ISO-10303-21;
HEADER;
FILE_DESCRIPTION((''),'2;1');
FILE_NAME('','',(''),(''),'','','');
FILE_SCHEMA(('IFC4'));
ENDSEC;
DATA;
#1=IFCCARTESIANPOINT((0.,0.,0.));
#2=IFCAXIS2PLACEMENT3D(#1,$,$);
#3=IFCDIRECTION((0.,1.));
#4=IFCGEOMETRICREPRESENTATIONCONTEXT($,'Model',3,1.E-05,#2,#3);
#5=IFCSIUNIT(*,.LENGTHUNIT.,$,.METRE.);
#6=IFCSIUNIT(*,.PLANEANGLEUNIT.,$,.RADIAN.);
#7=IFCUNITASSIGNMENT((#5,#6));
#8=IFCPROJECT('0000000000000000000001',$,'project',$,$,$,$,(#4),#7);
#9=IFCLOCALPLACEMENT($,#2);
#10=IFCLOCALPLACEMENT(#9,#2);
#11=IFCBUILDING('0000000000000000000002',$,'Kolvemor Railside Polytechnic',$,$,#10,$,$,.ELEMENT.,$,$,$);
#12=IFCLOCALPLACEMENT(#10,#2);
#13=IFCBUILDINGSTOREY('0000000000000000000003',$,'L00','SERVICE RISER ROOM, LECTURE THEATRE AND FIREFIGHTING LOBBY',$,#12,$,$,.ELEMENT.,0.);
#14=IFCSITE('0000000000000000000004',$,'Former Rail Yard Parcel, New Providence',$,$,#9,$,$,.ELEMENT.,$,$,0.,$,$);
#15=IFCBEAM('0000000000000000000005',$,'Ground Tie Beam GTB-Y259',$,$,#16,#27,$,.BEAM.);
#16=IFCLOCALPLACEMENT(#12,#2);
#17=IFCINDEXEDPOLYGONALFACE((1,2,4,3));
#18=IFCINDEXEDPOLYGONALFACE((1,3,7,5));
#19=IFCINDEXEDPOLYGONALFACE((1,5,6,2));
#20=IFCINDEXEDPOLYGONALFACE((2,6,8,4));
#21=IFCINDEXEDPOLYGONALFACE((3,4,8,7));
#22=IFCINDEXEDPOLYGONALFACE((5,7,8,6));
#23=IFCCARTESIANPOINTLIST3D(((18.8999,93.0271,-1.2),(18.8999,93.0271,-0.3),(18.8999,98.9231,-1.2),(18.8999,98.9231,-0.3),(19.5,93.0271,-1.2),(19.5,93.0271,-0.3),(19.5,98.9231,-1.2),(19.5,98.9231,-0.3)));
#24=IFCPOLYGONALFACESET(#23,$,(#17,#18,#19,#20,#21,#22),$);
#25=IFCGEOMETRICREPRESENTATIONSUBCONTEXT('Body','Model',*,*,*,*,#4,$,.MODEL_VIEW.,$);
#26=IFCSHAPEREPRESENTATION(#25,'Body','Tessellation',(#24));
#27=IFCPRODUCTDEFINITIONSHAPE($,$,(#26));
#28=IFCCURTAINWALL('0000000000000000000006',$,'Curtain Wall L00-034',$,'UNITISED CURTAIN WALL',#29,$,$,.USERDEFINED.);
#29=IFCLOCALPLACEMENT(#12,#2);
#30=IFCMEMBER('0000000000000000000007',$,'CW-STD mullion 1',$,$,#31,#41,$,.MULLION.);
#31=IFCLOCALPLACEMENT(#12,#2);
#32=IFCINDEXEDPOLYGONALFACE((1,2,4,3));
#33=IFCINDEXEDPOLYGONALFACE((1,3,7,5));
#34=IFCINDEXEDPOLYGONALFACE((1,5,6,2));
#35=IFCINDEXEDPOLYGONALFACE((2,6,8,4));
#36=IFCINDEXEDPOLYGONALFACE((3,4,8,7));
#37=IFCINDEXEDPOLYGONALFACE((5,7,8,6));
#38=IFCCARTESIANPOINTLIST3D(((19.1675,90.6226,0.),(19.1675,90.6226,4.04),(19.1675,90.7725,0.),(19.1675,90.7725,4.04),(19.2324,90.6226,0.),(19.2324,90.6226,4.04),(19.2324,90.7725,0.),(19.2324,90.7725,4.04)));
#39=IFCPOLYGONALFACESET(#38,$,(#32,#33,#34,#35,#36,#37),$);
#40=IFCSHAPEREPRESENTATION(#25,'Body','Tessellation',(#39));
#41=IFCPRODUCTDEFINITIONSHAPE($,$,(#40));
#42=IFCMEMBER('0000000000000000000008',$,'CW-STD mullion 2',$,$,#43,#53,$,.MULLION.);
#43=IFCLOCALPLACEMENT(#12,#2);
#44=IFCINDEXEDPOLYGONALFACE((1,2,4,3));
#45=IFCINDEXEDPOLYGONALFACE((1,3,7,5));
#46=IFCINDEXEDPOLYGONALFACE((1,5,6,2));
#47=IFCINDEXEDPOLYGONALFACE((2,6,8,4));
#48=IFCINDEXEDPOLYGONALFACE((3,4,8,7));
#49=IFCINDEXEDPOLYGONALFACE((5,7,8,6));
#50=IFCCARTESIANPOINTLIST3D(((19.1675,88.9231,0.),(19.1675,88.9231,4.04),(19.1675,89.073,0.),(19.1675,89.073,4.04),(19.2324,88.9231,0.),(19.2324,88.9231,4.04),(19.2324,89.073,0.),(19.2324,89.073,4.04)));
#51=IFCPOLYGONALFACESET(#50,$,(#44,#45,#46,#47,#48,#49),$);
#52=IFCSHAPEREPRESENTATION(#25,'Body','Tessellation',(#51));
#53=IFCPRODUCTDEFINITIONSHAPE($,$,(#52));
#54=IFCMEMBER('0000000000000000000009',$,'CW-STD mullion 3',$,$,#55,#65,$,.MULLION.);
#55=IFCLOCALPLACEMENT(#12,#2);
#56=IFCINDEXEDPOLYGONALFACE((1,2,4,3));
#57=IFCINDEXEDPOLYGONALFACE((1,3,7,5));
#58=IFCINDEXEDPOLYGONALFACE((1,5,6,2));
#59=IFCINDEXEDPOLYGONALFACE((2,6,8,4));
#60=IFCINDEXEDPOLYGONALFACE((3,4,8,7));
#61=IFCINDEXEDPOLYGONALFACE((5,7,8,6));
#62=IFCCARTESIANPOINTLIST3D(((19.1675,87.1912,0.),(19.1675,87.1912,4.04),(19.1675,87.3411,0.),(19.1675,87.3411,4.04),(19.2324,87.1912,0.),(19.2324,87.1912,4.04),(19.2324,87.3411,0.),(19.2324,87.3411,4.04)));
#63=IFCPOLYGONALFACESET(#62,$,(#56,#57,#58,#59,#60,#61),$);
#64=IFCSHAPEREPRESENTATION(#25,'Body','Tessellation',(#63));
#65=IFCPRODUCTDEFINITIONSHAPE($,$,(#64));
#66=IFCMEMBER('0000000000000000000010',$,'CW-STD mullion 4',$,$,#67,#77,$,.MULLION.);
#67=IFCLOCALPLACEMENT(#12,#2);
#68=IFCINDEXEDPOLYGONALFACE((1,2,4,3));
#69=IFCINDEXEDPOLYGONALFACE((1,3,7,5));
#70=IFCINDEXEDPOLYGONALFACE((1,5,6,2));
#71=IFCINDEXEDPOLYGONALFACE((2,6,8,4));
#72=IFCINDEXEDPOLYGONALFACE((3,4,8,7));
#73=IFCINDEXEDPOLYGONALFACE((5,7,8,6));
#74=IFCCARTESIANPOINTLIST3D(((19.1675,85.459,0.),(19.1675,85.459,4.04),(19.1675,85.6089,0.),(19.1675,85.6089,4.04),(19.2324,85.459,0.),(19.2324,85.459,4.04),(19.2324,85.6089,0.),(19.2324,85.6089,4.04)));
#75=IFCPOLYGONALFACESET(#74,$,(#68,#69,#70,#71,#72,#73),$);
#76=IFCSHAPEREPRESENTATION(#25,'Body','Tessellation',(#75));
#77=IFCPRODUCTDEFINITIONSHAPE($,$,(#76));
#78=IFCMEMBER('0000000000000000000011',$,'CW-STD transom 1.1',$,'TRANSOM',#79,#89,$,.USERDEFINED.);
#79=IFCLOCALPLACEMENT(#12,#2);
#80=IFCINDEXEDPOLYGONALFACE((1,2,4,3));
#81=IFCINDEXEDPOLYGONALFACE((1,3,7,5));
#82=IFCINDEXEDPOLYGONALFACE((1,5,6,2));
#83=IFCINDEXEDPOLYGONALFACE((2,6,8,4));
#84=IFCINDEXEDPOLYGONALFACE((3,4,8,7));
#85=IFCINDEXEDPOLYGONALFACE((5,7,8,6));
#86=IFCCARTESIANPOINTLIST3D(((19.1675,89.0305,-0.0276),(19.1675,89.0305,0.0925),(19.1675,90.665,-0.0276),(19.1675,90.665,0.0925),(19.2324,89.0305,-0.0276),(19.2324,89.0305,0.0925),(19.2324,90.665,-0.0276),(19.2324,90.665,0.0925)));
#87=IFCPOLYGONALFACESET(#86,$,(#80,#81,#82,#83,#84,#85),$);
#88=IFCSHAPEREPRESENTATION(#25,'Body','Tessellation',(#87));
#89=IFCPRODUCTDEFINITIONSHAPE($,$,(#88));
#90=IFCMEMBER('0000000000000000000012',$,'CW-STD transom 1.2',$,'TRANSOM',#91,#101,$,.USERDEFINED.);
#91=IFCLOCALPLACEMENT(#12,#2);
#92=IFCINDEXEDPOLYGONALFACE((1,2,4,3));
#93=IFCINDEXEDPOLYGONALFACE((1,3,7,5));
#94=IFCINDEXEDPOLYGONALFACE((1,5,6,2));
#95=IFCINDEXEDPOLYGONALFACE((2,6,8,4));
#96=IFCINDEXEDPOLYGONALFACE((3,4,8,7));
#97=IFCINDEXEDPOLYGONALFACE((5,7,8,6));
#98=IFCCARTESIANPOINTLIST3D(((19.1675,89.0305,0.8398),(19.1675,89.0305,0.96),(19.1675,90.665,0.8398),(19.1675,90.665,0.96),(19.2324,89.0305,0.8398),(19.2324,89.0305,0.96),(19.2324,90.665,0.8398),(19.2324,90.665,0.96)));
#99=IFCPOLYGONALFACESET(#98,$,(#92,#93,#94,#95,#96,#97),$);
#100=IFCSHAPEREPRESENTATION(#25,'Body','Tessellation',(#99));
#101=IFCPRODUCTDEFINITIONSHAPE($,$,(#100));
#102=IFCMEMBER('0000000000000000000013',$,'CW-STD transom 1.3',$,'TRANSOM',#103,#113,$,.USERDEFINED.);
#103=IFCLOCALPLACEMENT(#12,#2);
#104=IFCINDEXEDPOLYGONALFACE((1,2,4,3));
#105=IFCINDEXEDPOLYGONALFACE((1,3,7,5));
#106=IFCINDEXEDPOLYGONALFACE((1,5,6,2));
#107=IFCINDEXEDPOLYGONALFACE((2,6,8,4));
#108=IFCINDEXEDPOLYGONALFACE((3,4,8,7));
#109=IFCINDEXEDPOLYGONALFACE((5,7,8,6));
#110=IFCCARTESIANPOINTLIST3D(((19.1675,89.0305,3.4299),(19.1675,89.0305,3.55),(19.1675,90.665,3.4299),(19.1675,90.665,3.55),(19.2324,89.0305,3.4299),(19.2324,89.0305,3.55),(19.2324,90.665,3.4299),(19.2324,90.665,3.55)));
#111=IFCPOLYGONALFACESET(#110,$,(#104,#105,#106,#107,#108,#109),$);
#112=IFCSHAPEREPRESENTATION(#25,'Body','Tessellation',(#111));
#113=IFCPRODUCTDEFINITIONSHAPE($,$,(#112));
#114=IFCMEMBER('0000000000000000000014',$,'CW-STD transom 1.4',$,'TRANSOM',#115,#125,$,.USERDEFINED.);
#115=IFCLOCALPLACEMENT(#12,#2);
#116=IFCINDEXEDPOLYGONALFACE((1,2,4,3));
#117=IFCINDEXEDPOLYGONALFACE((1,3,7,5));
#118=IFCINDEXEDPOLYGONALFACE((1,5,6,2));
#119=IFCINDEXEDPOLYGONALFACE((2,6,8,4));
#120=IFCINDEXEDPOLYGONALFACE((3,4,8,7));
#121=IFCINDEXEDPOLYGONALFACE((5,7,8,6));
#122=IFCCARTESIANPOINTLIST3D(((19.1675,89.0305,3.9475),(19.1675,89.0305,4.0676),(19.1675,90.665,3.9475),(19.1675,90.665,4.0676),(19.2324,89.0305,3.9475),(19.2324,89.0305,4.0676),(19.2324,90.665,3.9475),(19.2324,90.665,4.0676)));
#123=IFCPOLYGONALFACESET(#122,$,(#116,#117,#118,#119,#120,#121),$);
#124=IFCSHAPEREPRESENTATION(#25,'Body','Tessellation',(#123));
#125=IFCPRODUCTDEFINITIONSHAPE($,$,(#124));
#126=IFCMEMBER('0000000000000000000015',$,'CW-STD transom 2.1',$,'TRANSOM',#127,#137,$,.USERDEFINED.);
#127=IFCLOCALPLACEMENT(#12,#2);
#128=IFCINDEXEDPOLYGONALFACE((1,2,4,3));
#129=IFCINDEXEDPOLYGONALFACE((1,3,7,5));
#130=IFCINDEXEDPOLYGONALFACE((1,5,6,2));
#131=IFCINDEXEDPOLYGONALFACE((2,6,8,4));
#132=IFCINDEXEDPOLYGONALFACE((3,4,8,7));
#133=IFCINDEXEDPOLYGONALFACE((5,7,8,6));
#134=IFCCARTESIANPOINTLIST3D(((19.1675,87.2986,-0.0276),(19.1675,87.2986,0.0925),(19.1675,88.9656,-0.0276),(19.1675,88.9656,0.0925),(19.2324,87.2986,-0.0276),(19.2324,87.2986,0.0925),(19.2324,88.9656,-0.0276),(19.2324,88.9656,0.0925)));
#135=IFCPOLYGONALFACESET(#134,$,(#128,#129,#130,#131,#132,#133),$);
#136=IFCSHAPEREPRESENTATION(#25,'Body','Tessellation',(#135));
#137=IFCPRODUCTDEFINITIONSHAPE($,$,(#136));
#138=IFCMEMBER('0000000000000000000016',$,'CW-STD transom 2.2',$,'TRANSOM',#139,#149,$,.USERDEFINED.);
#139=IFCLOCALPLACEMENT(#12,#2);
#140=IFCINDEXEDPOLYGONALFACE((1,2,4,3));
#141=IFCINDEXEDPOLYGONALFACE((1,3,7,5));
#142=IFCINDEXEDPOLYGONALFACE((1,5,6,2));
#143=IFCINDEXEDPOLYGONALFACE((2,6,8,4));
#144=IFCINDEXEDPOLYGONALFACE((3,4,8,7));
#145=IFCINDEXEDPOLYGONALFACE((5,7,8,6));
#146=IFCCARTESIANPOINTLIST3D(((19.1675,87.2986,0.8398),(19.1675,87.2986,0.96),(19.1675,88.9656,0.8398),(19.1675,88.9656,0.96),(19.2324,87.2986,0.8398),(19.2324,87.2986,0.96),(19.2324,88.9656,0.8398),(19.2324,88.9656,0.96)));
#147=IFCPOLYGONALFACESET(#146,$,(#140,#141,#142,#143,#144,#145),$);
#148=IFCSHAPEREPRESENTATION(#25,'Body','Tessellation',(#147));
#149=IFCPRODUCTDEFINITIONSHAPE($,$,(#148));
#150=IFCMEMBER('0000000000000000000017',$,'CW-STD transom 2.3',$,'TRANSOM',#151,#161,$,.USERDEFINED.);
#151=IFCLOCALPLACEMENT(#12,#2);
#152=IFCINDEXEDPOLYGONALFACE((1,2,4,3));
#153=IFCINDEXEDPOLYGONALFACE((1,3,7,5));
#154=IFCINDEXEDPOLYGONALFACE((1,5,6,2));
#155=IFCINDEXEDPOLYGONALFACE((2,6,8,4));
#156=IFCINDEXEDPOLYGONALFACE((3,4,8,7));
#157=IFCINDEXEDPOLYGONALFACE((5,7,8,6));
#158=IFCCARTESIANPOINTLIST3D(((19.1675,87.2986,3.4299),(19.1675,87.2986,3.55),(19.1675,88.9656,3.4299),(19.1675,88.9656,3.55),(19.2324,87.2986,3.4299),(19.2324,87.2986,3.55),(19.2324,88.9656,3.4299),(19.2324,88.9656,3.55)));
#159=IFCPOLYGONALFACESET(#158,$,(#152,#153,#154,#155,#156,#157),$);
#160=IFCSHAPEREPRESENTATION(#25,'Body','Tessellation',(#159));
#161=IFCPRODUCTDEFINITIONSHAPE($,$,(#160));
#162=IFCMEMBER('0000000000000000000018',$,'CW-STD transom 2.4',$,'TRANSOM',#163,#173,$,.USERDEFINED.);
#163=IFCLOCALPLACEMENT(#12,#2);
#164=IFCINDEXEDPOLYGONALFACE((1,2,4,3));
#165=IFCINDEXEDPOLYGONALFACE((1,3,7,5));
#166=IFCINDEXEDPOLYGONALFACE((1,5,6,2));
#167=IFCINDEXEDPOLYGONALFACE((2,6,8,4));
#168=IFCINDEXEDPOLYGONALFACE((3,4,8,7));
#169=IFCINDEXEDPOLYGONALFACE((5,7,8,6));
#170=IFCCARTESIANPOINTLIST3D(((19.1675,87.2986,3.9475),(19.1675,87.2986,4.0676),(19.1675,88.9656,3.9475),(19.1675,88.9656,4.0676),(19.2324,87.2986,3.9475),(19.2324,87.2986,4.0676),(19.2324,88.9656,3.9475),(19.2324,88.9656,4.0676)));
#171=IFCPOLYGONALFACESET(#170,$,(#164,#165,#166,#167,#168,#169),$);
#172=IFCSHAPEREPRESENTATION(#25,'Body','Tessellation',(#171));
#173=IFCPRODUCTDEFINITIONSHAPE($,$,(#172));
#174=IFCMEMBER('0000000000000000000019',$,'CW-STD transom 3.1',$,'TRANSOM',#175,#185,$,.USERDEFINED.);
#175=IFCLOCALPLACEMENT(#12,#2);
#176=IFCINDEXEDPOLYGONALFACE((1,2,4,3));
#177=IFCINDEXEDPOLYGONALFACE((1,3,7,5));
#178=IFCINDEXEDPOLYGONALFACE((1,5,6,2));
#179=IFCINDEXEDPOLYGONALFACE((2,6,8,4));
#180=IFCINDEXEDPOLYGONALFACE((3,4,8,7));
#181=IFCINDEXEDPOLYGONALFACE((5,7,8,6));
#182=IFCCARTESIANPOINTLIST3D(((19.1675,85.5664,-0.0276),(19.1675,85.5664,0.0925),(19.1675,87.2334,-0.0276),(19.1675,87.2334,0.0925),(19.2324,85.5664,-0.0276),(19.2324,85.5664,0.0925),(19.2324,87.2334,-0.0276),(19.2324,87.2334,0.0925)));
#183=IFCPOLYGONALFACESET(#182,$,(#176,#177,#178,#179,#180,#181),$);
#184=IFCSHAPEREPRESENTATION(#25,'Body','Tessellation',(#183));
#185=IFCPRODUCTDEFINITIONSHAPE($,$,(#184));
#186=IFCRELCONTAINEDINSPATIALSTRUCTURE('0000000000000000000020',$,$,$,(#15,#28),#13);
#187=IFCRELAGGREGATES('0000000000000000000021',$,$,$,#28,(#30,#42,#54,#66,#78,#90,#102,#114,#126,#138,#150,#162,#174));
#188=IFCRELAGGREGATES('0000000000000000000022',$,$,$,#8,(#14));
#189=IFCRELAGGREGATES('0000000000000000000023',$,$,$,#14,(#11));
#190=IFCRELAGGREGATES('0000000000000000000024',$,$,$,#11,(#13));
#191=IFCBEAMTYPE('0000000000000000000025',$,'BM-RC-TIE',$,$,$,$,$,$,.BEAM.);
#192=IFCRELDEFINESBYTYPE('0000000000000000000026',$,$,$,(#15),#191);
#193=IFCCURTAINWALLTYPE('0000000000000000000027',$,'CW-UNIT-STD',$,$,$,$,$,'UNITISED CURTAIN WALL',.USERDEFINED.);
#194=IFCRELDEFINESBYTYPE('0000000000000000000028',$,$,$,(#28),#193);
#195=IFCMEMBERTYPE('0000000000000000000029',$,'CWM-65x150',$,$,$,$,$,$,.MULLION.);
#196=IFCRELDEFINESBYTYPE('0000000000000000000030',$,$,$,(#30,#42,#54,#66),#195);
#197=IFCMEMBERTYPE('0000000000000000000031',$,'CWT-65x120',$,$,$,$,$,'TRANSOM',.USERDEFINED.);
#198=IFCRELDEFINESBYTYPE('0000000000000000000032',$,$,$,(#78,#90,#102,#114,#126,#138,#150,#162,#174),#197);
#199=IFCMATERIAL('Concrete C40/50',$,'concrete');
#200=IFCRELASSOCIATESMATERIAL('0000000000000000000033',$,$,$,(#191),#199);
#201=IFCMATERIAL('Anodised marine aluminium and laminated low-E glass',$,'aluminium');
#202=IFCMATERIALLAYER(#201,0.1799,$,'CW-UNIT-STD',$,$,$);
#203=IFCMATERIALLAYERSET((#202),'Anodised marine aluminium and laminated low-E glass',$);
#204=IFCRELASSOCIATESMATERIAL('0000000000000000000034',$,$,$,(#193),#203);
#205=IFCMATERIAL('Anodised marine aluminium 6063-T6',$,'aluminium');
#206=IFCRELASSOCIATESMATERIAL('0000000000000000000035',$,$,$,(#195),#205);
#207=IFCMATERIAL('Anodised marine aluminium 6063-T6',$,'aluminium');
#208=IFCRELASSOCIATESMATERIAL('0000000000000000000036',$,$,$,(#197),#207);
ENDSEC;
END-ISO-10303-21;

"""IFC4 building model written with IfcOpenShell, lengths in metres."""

from ifc_helpers import new_model, si_unit, direction, frame, origin, origin_2d, place, context, subcontext, project, spatial, rectangle, extrude, material, layer, layer_set, material_profile, profile_set, type_object, element, aggregate, save


model = new_model("IFC4")

# Units and contexts
model_context = context("Model", 3, precision=1e-05, world=origin(), true_north=direction((0.0, 1.0)))
body_context = subcontext(model_context, "Body", "Model", "MODEL_VIEW")
ifc_project = project(units=[si_unit("LENGTHUNIT", "METRE"), si_unit("PLANEANGLEUNIT", "RADIAN")], contexts=[model_context])

# Site, building, storey
site_placement = place(None, origin())
site = spatial("IfcSite", under=ifc_project, at=site_placement, Name="Former Rail Yard Parcel, New Providence", CompositionType="ELEMENT", RefElevation=0.0)
building_placement = place(site_placement, origin())
building = spatial("IfcBuilding", under=site, at=building_placement, Name="Kolvemor Railside Polytechnic", CompositionType="ELEMENT")
storey_placement = place(building_placement, origin())
storey = spatial("IfcBuildingStorey", under=building, at=storey_placement, Name="L00", Description="SERVICE RISER ROOM, LECTURE THEATRE AND FIREFIGHTING LOBBY", CompositionType="ELEMENT", Elevation=0.0)

# Beam
ifc_material_1 = material(Name="Concrete C40/50", Category="concrete")
ifc_material_profile_1 = material_profile(ifc_material_1, rectangle(XDim=0.6001, YDim=0.8999, at=origin_2d()), Name="RC600x900")
ifc_profile_set_1 = profile_set([ifc_material_profile_1], Name="Concrete C40/50")
beam_type_1 = type_object("IfcBeamType", Name="BM-RC-TIE", PredefinedType="BEAM", material=ifc_profile_set_1)
beam_placement = place(storey_placement, frame((19.2, 93.0271, -0.75), z_axis=(0.0, 1.0, 0.0), x_axis=(-1.0, 0.0, 0.0)))
element("IfcBeam", 1, at=beam_placement, inside=storey, type_object=beam_type_1, Name="Ground Tie Beam GTB-Y259", PredefinedType="BEAM", context=body_context, shape_type="SweptSolid", body=[
    extrude(rectangle(XDim=0.6001, YDim=0.8999, at=origin_2d()), origin(), (0.0, 0.0, 1.0), 5.896),
])

# Curtain wall, members
ifc_material_2 = material(Name="Anodised marine aluminium and laminated low-E glass", Category="aluminium")
ifc_layer_1 = layer(ifc_material_2, 0.1799, Name="CW-UNIT-STD")
ifc_layer_set_1 = layer_set([ifc_layer_1], Name="Anodised marine aluminium and laminated low-E glass")
curtain_wall_type = type_object("IfcCurtainWallType", Name="CW-UNIT-STD", ElementType="UNITISED CURTAIN WALL", PredefinedType="USERDEFINED", material=ifc_layer_set_1)
curtain_wall_placement = place(storey_placement, origin())
curtain_wall = element("IfcCurtainWall", 2, at=curtain_wall_placement, inside=storey, type_object=curtain_wall_type, Name="Curtain Wall L00-034", ObjectType="UNITISED CURTAIN WALL", PredefinedType="USERDEFINED")
ifc_material_3 = material(Name="Anodised marine aluminium 6063-T6", Category="aluminium")
ifc_material_profile_2 = material_profile(ifc_material_3, rectangle(XDim=0.0649, YDim=0.1499, at=origin_2d()), Name="CW-MUL-65x150")
ifc_profile_set_2 = profile_set([ifc_material_profile_2], Name="Anodised marine aluminium 6063-T6")
member_type_1 = type_object("IfcMemberType", Name="CWM-65x150", PredefinedType="MULLION", material=ifc_profile_set_2)
member_1_placement = place(storey_placement, frame((19.2, 90.6975, 0.0), z_axis=(0.0, 0.0, 1.0), x_axis=(1.0, 0.0, 0.0)))
member_1 = element("IfcMember", 3, at=member_1_placement, type_object=member_type_1, Name="CW-STD mullion 1", PredefinedType="MULLION", context=body_context, shape_type="SweptSolid", body=[
    extrude(rectangle(XDim=0.0649, YDim=0.1499, at=origin_2d()), origin(), (0.0, 0.0, 1.0), 4.04),
])
member_2_placement = place(storey_placement, frame((19.2, 88.998, 0.0), z_axis=(0.0, 0.0, 1.0), x_axis=(1.0, 0.0, 0.0)))
member_2 = element("IfcMember", 4, at=member_2_placement, type_object=member_type_1, Name="CW-STD mullion 2", PredefinedType="MULLION", context=body_context, shape_type="SweptSolid", body=[
    extrude(rectangle(XDim=0.0649, YDim=0.1499, at=origin_2d()), origin(), (0.0, 0.0, 1.0), 4.04),
])
member_3_placement = place(storey_placement, frame((19.2, 87.2661, 0.0), z_axis=(0.0, 0.0, 1.0), x_axis=(1.0, 0.0, 0.0)))
member_3 = element("IfcMember", 5, at=member_3_placement, type_object=member_type_1, Name="CW-STD mullion 3", PredefinedType="MULLION", context=body_context, shape_type="SweptSolid", body=[
    extrude(rectangle(XDim=0.0649, YDim=0.1499, at=origin_2d()), origin(), (0.0, 0.0, 1.0), 4.04),
])
member_4_placement = place(storey_placement, frame((19.2, 85.5339, 0.0), z_axis=(0.0, 0.0, 1.0), x_axis=(1.0, 0.0, 0.0)))
member_4 = element("IfcMember", 6, at=member_4_placement, type_object=member_type_1, Name="CW-STD mullion 4", PredefinedType="MULLION", context=body_context, shape_type="SweptSolid", body=[
    extrude(rectangle(XDim=0.0649, YDim=0.1499, at=origin_2d()), origin(), (0.0, 0.0, 1.0), 4.04),
])
ifc_material_4 = material(Name="Anodised marine aluminium 6063-T6", Category="aluminium")
ifc_material_profile_3 = material_profile(ifc_material_4, rectangle(XDim=0.0649, YDim=0.1201, at=origin_2d()), Name="CW-TRN-65x120")
ifc_profile_set_3 = profile_set([ifc_material_profile_3], Name="Anodised marine aluminium 6063-T6")
member_type_2 = type_object("IfcMemberType", Name="CWT-65x120", ElementType="TRANSOM", PredefinedType="USERDEFINED", material=ifc_profile_set_3)
member_5_placement = place(storey_placement, frame((19.2, 90.665, 0.0325), z_axis=(0.0, -1.0, 0.0), x_axis=(1.0, 0.0, 0.0)))
member_5 = element("IfcMember", 7, at=member_5_placement, type_object=member_type_2, Name="CW-STD transom 1.1", ObjectType="TRANSOM", PredefinedType="USERDEFINED", context=body_context, shape_type="SweptSolid", body=[
    extrude(rectangle(XDim=0.0649, YDim=0.1201, at=origin_2d()), origin(), (0.0, 0.0, 1.0), 1.6345),
])
member_6_placement = place(storey_placement, frame((19.2, 90.665, 0.8999), z_axis=(0.0, -1.0, 0.0), x_axis=(1.0, 0.0, 0.0)))
member_6 = element("IfcMember", 8, at=member_6_placement, type_object=member_type_2, Name="CW-STD transom 1.2", ObjectType="TRANSOM", PredefinedType="USERDEFINED", context=body_context, shape_type="SweptSolid", body=[
    extrude(rectangle(XDim=0.0649, YDim=0.1201, at=origin_2d()), origin(), (0.0, 0.0, 1.0), 1.6345),
])
member_7_placement = place(storey_placement, frame((19.2, 90.665, 3.49), z_axis=(0.0, -1.0, 0.0), x_axis=(1.0, 0.0, 0.0)))
member_7 = element("IfcMember", 9, at=member_7_placement, type_object=member_type_2, Name="CW-STD transom 1.3", ObjectType="TRANSOM", PredefinedType="USERDEFINED", context=body_context, shape_type="SweptSolid", body=[
    extrude(rectangle(XDim=0.0649, YDim=0.1201, at=origin_2d()), origin(), (0.0, 0.0, 1.0), 1.6345),
])
member_8_placement = place(storey_placement, frame((19.2, 90.665, 4.0076), z_axis=(0.0, -1.0, 0.0), x_axis=(1.0, 0.0, 0.0)))
member_8 = element("IfcMember", 10, at=member_8_placement, type_object=member_type_2, Name="CW-STD transom 1.4", ObjectType="TRANSOM", PredefinedType="USERDEFINED", context=body_context, shape_type="SweptSolid", body=[
    extrude(rectangle(XDim=0.0649, YDim=0.1201, at=origin_2d()), origin(), (0.0, 0.0, 1.0), 1.6345),
])
member_9_placement = place(storey_placement, frame((19.2, 88.9656, 0.0325), z_axis=(0.0, -1.0, 0.0), x_axis=(1.0, 0.0, 0.0)))
member_9 = element("IfcMember", 11, at=member_9_placement, type_object=member_type_2, Name="CW-STD transom 2.1", ObjectType="TRANSOM", PredefinedType="USERDEFINED", context=body_context, shape_type="SweptSolid", body=[
    extrude(rectangle(XDim=0.0649, YDim=0.1201, at=origin_2d()), origin(), (0.0, 0.0, 1.0), 1.667),
])
member_10_placement = place(storey_placement, frame((19.2, 88.9656, 0.8999), z_axis=(0.0, -1.0, 0.0), x_axis=(1.0, 0.0, 0.0)))
member_10 = element("IfcMember", 12, at=member_10_placement, type_object=member_type_2, Name="CW-STD transom 2.2", ObjectType="TRANSOM", PredefinedType="USERDEFINED", context=body_context, shape_type="SweptSolid", body=[
    extrude(rectangle(XDim=0.0649, YDim=0.1201, at=origin_2d()), origin(), (0.0, 0.0, 1.0), 1.667),
])
member_11_placement = place(storey_placement, frame((19.2, 88.9656, 3.49), z_axis=(0.0, -1.0, 0.0), x_axis=(1.0, 0.0, 0.0)))
member_11 = element("IfcMember", 13, at=member_11_placement, type_object=member_type_2, Name="CW-STD transom 2.3", ObjectType="TRANSOM", PredefinedType="USERDEFINED", context=body_context, shape_type="SweptSolid", body=[
    extrude(rectangle(XDim=0.0649, YDim=0.1201, at=origin_2d()), origin(), (0.0, 0.0, 1.0), 1.667),
])
member_12_placement = place(storey_placement, frame((19.2, 88.9656, 4.0076), z_axis=(0.0, -1.0, 0.0), x_axis=(1.0, 0.0, 0.0)))
member_12 = element("IfcMember", 14, at=member_12_placement, type_object=member_type_2, Name="CW-STD transom 2.4", ObjectType="TRANSOM", PredefinedType="USERDEFINED", context=body_context, shape_type="SweptSolid", body=[
    extrude(rectangle(XDim=0.0649, YDim=0.1201, at=origin_2d()), origin(), (0.0, 0.0, 1.0), 1.667),
])
member_13_placement = place(storey_placement, frame((19.2, 87.2334, 0.0325), z_axis=(0.0, -1.0, 0.0), x_axis=(1.0, 0.0, 0.0)))
member_13 = element("IfcMember", 15, at=member_13_placement, type_object=member_type_2, Name="CW-STD transom 3.1", ObjectType="TRANSOM", PredefinedType="USERDEFINED", context=body_context, shape_type="SweptSolid", body=[
    extrude(rectangle(XDim=0.0649, YDim=0.1201, at=origin_2d()), origin(), (0.0, 0.0, 1.0), 1.667),
])
aggregate(curtain_wall, [member_1, member_2, member_3, member_4, member_5, member_6, member_7, member_8, member_9, member_10, member_11, member_12, member_13])

save(model, "model.ifc")
